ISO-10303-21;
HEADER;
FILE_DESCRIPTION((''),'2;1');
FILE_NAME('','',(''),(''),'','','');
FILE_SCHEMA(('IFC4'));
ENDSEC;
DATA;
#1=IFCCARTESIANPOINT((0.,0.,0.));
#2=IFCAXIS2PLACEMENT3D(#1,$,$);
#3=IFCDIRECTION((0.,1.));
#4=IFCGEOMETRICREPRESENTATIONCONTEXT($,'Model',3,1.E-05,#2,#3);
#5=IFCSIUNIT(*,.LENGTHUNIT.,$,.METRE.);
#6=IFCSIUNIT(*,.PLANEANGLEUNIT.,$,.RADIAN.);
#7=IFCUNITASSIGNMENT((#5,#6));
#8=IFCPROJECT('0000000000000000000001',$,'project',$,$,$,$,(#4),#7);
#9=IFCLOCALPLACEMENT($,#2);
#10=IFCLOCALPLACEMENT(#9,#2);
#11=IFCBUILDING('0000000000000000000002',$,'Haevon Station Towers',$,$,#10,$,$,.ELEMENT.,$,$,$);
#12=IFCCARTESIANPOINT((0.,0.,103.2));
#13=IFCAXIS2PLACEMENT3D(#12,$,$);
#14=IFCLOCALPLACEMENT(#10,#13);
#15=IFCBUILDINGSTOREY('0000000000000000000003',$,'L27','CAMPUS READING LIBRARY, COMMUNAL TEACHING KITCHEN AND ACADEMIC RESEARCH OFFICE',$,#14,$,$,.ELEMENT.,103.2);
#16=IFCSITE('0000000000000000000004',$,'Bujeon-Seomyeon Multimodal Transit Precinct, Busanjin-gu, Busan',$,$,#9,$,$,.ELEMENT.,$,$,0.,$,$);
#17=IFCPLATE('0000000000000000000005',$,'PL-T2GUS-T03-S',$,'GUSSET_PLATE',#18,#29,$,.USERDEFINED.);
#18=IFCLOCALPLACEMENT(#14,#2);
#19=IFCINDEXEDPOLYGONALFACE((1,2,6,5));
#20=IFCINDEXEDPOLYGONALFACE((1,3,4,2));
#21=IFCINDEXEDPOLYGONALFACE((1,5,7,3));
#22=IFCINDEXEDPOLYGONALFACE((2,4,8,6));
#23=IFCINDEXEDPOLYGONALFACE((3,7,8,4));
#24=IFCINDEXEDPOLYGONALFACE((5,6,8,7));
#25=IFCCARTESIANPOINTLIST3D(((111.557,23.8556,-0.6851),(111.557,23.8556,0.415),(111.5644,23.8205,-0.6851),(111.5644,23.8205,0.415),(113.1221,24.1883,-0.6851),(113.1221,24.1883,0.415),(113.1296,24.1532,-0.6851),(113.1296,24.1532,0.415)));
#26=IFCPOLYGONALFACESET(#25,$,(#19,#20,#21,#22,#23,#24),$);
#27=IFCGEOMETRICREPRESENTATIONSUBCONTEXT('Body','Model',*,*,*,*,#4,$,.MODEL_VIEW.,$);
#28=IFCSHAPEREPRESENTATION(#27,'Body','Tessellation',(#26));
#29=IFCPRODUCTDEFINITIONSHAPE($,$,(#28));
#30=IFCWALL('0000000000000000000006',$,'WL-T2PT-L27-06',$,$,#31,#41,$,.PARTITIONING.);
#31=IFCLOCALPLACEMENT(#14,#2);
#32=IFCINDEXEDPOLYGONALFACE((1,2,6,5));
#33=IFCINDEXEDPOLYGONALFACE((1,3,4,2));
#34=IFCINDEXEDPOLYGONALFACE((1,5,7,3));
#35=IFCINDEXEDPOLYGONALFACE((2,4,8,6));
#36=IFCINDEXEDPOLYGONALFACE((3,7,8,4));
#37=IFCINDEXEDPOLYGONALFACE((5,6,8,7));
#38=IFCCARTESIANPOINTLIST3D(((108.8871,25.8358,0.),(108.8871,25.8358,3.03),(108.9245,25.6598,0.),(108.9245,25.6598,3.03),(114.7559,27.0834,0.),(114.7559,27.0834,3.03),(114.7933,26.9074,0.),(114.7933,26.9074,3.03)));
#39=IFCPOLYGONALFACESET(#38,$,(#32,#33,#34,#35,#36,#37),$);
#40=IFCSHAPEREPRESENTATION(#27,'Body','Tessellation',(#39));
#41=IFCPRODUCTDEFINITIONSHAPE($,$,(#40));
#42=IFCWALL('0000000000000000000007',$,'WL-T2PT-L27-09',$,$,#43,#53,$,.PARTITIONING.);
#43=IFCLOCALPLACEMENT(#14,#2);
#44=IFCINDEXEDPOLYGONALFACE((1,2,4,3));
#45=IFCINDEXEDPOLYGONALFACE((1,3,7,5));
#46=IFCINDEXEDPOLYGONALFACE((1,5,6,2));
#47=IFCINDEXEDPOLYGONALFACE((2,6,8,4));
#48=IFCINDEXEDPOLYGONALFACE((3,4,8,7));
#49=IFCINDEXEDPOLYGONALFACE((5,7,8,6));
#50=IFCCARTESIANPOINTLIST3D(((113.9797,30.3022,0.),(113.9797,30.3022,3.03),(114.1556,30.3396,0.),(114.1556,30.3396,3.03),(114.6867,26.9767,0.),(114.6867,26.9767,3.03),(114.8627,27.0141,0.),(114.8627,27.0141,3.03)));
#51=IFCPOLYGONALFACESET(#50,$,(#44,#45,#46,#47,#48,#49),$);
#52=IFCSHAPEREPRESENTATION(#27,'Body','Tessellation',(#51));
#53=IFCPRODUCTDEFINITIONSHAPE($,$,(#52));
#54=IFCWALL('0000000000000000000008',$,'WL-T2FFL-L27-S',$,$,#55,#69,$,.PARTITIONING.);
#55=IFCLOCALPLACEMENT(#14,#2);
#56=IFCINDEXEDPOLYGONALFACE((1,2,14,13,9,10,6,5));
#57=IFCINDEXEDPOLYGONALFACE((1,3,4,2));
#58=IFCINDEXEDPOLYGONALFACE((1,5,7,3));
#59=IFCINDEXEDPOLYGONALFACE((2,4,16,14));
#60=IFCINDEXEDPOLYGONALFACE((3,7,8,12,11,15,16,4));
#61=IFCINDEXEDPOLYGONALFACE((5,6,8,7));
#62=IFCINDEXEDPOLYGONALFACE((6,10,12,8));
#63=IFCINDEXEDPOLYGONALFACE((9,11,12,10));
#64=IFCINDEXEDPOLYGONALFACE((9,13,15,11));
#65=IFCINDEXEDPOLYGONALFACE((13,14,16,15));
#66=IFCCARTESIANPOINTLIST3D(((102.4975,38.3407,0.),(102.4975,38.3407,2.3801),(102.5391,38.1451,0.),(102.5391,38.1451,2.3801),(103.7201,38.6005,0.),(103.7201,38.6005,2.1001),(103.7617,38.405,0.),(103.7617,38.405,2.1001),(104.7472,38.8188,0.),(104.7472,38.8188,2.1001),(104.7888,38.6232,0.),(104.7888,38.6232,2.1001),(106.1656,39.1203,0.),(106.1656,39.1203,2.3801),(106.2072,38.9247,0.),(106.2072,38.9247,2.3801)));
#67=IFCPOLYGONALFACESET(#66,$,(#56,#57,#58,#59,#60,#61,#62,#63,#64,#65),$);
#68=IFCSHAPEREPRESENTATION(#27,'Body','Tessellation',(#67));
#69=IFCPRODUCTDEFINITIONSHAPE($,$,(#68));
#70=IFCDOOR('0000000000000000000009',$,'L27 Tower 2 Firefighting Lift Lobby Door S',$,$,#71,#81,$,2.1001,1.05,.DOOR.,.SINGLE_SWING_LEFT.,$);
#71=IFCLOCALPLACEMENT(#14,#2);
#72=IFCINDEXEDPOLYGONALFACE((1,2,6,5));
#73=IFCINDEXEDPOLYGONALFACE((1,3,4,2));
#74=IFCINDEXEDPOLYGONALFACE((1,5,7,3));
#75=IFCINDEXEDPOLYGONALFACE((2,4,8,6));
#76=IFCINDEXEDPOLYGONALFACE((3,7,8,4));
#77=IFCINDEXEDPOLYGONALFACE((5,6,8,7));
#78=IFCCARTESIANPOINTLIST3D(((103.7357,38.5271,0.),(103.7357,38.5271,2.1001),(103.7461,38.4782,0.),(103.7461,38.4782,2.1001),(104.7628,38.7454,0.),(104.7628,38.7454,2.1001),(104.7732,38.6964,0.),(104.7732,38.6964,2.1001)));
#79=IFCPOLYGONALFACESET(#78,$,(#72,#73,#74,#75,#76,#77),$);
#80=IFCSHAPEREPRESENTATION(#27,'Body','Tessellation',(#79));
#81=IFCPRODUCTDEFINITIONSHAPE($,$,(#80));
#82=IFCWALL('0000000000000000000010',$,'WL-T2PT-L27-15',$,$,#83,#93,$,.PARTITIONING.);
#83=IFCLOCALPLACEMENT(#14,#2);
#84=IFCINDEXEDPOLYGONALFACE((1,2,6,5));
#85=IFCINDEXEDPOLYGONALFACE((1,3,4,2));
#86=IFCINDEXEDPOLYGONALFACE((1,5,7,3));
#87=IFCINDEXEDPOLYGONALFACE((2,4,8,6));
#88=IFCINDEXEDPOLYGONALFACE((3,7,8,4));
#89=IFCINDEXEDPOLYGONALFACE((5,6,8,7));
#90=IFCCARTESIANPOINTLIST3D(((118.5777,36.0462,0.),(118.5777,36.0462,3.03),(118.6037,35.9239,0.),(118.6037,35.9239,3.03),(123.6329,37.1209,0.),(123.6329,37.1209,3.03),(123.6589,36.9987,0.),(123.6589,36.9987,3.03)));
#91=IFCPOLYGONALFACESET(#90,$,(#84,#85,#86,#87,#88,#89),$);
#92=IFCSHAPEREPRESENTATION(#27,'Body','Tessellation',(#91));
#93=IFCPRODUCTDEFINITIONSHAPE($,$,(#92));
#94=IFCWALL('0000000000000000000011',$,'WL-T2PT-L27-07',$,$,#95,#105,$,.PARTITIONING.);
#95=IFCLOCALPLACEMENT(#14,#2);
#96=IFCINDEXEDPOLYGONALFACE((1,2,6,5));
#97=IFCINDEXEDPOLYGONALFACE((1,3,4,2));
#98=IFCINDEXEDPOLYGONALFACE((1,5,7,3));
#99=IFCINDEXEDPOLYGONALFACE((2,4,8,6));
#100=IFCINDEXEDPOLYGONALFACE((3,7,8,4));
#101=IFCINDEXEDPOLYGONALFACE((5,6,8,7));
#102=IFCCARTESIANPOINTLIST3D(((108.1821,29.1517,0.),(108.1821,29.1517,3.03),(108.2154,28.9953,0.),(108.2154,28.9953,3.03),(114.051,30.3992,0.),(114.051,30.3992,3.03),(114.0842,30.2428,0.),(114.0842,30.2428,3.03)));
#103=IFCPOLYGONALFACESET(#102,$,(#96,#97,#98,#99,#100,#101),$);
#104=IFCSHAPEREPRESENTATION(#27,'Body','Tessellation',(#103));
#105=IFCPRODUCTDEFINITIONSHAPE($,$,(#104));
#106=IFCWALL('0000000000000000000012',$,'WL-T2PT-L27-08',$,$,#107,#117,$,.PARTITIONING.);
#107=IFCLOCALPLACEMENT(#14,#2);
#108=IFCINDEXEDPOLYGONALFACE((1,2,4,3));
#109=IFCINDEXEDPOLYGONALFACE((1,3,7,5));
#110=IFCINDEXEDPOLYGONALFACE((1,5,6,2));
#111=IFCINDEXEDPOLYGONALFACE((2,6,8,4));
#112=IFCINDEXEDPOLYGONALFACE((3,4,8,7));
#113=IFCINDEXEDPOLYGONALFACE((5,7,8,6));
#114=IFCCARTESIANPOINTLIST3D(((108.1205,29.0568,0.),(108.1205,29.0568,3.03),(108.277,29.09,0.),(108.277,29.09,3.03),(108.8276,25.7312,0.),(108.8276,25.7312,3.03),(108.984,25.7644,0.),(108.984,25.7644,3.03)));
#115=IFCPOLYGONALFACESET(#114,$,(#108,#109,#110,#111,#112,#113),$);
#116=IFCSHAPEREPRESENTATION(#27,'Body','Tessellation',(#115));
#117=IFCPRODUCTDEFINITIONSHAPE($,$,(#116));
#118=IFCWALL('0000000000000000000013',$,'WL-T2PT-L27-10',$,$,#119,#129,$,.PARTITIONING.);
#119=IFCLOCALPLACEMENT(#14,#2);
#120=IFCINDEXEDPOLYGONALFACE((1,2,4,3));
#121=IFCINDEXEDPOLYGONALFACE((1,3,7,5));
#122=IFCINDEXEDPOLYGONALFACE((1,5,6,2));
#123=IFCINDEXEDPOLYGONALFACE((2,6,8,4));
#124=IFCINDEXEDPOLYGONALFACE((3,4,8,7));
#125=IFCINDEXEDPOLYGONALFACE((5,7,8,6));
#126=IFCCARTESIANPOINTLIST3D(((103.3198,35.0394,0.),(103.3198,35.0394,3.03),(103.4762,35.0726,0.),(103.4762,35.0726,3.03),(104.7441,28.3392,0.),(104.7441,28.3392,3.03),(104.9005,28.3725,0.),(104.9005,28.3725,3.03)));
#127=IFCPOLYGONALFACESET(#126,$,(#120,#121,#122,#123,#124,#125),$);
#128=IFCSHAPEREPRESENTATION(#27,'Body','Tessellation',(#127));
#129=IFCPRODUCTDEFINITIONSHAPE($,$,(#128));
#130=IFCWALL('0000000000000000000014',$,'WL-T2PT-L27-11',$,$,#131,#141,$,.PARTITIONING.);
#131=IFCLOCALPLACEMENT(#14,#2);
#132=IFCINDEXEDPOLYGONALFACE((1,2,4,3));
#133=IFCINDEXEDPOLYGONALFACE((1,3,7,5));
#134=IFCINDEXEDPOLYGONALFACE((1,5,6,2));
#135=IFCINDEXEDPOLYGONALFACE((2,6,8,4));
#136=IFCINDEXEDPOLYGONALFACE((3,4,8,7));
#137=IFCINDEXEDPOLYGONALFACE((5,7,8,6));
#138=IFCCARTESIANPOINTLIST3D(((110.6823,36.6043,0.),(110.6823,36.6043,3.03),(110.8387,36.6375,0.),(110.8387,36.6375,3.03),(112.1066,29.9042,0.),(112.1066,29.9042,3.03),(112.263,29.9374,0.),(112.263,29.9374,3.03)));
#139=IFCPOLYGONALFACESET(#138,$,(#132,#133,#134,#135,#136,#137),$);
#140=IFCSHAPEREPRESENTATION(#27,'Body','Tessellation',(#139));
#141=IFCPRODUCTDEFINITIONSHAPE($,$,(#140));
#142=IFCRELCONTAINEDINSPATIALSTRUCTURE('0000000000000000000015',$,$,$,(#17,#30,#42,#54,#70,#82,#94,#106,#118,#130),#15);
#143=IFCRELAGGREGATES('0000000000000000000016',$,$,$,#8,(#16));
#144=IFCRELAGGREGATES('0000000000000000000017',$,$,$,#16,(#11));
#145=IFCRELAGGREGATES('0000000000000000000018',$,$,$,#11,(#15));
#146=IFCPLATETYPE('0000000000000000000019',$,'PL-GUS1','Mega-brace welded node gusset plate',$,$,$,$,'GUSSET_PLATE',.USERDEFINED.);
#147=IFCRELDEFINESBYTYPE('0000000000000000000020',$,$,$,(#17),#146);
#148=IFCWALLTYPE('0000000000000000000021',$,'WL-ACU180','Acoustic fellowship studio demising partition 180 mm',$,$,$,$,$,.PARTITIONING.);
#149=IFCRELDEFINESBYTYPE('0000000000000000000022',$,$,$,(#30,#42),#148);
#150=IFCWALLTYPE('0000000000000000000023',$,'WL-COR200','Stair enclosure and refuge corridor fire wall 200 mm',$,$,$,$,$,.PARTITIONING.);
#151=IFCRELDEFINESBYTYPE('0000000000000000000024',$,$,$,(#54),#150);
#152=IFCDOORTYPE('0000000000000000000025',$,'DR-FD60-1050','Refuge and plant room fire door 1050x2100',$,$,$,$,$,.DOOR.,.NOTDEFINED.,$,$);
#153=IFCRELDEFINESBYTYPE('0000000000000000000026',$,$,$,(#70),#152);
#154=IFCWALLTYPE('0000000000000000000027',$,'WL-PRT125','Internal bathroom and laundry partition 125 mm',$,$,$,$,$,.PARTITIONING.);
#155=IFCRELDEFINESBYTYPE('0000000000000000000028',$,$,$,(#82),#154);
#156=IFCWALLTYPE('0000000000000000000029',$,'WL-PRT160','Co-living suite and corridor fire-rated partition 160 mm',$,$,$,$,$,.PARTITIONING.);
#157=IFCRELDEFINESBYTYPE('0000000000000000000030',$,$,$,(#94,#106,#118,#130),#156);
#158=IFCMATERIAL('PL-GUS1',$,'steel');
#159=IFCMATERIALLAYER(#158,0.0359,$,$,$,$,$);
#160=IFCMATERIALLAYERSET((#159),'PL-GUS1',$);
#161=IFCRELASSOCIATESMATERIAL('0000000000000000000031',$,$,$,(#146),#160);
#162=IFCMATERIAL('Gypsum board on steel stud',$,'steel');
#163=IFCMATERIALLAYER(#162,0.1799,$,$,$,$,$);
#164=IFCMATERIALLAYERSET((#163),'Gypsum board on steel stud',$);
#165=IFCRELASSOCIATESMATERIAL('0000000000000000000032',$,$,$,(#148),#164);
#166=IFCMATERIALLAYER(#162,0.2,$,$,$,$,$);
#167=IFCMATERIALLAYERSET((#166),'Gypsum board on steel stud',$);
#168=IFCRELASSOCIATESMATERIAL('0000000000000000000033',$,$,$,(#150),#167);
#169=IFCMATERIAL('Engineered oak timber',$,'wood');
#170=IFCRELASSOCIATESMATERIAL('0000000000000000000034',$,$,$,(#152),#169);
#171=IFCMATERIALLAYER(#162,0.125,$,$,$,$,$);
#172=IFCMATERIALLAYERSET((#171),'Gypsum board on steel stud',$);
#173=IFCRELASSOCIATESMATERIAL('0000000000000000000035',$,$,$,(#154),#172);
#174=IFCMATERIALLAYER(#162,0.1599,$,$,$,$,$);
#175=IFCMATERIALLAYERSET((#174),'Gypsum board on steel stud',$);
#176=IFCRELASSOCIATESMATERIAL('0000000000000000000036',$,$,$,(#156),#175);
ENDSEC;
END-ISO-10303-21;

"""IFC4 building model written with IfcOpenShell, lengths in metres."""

from ifc_helpers import new_model, si_unit, direction, frame, frame_2d, origin, origin_2d, place, context, subcontext, project, spatial, rectangle, extrude, material, layer, layer_set, type_object, element, fill, save


model = new_model("IFC4")

# Units and contexts
model_context = context("Model", 3, precision=1e-05, world=origin(), true_north=direction((0.0, 1.0)))
body_context = subcontext(model_context, "Body", "Model", "MODEL_VIEW")
ifc_project = project(units=[si_unit("LENGTHUNIT", "METRE"), si_unit("PLANEANGLEUNIT", "RADIAN")], contexts=[model_context])

# Site, building, storey
site_placement = place(None, origin())
site = spatial("IfcSite", under=ifc_project, at=site_placement, Name="Bujeon-Seomyeon Multimodal Transit Precinct, Busanjin-gu, Busan", CompositionType="ELEMENT", RefElevation=0.0)
building_placement = place(site_placement, origin())
building = spatial("IfcBuilding", under=site, at=building_placement, Name="Haevon Station Towers", CompositionType="ELEMENT")
storey_placement = place(building_placement, frame((0.0, 0.0, 103.2)))
storey = spatial("IfcBuildingStorey", under=building, at=storey_placement, Name="L27", Description="CAMPUS READING LIBRARY, COMMUNAL TEACHING KITCHEN AND ACADEMIC RESEARCH OFFICE", CompositionType="ELEMENT", Elevation=103.2)

# Plate
ifc_material_1 = material(Name="PL-GUS1", Category="steel")
ifc_layer_1 = layer(ifc_material_1, 0.0359)
ifc_layer_set_1 = layer_set([ifc_layer_1], Name="PL-GUS1")
plate_type = type_object("IfcPlateType", Name="PL-GUS1", Description="Mega-brace welded node gusset plate", ElementType="GUSSET_PLATE", PredefinedType="USERDEFINED", material=ifc_layer_set_1)
plate_placement = place(storey_placement, frame((112.3433, 24.0044, -0.6851), z_axis=(0.0, 0.0, 1.0), x_axis=(0.978148, 0.207912, 0.0)))
element("IfcPlate", 1, at=plate_placement, inside=storey, type_object=plate_type, Name="PL-T2GUS-T03-S", ObjectType="GUSSET_PLATE", PredefinedType="USERDEFINED", context=body_context, shape_type="SweptSolid", body=[
    extrude(rectangle(XDim=1.6001, YDim=0.0359, at=origin_2d()), origin(), (0.0, 0.0, 1.0), 1.1001),
])

# Walls
ifc_material_2 = material(Name="Gypsum board on steel stud", Category="steel")
ifc_layer_2 = layer(ifc_material_2, 0.1799)
ifc_layer_set_2 = layer_set([ifc_layer_2], Name="Gypsum board on steel stud")
wall_type_1 = type_object("IfcWallType", Name="WL-ACU180", Description="Acoustic fellowship studio demising partition 180 mm", PredefinedType="PARTITIONING", material=ifc_layer_set_2)
wall_1_placement = place(storey_placement, frame((108.9058, 25.7478, 0.0), z_axis=(0.0, 0.0, 1.0), x_axis=(0.978145, 0.207925, 0.0)))
element("IfcWall", 2, at=wall_1_placement, inside=storey, type_object=wall_type_1, Name="WL-T2PT-L27-06", PredefinedType="PARTITIONING", context=body_context, shape_type="SweptSolid", body=[
    extrude(rectangle(XDim=6.0, YDim=0.1799, at=frame_2d((3.0, 0.0))), origin(), (0.0, 0.0, 1.0), 3.03),
])
wall_2_placement = place(storey_placement, frame((114.7747, 26.9954, 0.0), z_axis=(0.0, 0.0, 1.0), x_axis=(-0.20795, 0.97814, 0.0)))
element("IfcWall", 3, at=wall_2_placement, inside=storey, type_object=wall_type_1, Name="WL-T2PT-L27-09", PredefinedType="PARTITIONING", context=body_context, shape_type="SweptSolid", body=[
    extrude(rectangle(XDim=3.3999, YDim=0.1799, at=frame_2d((1.7, 0.0))), origin(), (0.0, 0.0, 1.0), 3.03),
])

# Wall, opening, door
ifc_layer_3 = layer(ifc_material_2, 0.2)
ifc_layer_set_3 = layer_set([ifc_layer_3], Name="Gypsum board on steel stud")
wall_type_2 = type_object("IfcWallType", Name="WL-COR200", Description="Stair enclosure and refuge corridor fire wall 200 mm", PredefinedType="PARTITIONING", material=ifc_layer_set_3)
wall_3_placement = place(storey_placement, frame((102.5183, 38.2429, 0.0), z_axis=(0.0, 0.0, 1.0), x_axis=(0.978154, 0.207884, 0.0)))
wall_3 = element("IfcWall", 4, at=wall_3_placement, inside=storey, type_object=wall_type_2, Name="WL-T2FFL-L27-S", PredefinedType="PARTITIONING", context=body_context, shape_type="SweptSolid", body=[
    extrude(rectangle(XDim=3.75, YDim=0.2, at=frame_2d((1.875, 0.0))), origin(), (0.0, 0.0, 1.0), 2.3801),
])
opening_placement = place(wall_3_placement, frame((1.25, 0.0, 0.0)))
opening = element("IfcOpeningElement", 5, at=opening_placement, cuts=wall_3, PredefinedType="OPENING", context=body_context, shape_type="SweptSolid", body=[
    extrude(rectangle(XDim=1.05, YDim=2.1001, at=frame_2d((0.5249, 1.05))), frame((0.0, 0.1099, 0.0), z_axis=(0.0, -1.0, 0.0), x_axis=(1.0, 0.0, 0.0)), (0.0, 0.0, 1.0), 0.22),
])
ifc_material_3 = material(Name="Engineered oak timber", Category="wood")
door_type = type_object("IfcDoorType", Name="DR-FD60-1050", Description="Refuge and plant room fire door 1050x2100", OperationType="NOTDEFINED", PredefinedType="DOOR", material=ifc_material_3)
door_placement = place(opening_placement, origin())
door = element("IfcDoor", 6, at=door_placement, inside=storey, type_object=door_type, Name="L27 Tower 2 Firefighting Lift Lobby Door S", OperationType="SINGLE_SWING_LEFT", OverallHeight=2.1001, OverallWidth=1.05, PredefinedType="DOOR", context=body_context, shape_type="SweptSolid", body=[
    extrude(rectangle(XDim=1.05, YDim=2.1001, at=frame_2d((0.5249, 1.05))), frame((0.0, 0.0249, 0.0), z_axis=(0.0, -1.0, 0.0), x_axis=(1.0, 0.0, 0.0)), (0.0, 0.0, 1.0), 0.05),
])
fill(opening, door)

# Walls
ifc_layer_4 = layer(ifc_material_2, 0.125)
ifc_layer_set_4 = layer_set([ifc_layer_4], Name="Gypsum board on steel stud")
wall_type_3 = type_object("IfcWallType", Name="WL-PRT125", Description="Internal bathroom and laundry partition 125 mm", PredefinedType="PARTITIONING", material=ifc_layer_set_4)
wall_4_placement = place(storey_placement, frame((118.5908, 35.9851, 0.0), z_axis=(0.0, 0.0, 1.0), x_axis=(0.97814, 0.207948, 0.0)))
element("IfcWall", 7, at=wall_4_placement, inside=storey, type_object=wall_type_3, Name="WL-T2PT-L27-15", PredefinedType="PARTITIONING", context=body_context, shape_type="SweptSolid", body=[
    extrude(rectangle(XDim=5.1682, YDim=0.125, at=frame_2d((2.584, 0.0))), origin(), (0.0, 0.0, 1.0), 3.03),
])
ifc_layer_5 = layer(ifc_material_2, 0.1599)
ifc_layer_set_5 = layer_set([ifc_layer_5], Name="Gypsum board on steel stud")
wall_type_4 = type_object("IfcWallType", Name="WL-PRT160", Description="Co-living suite and corridor fire-rated partition 160 mm", PredefinedType="PARTITIONING", material=ifc_layer_set_5)
wall_5_placement = place(storey_placement, frame((108.1987, 29.0735, 0.0), z_axis=(0.0, 0.0, 1.0), x_axis=(0.978145, 0.207925, 0.0)))
element("IfcWall", 8, at=wall_5_placement, inside=storey, type_object=wall_type_4, Name="WL-T2PT-L27-07", PredefinedType="PARTITIONING", context=body_context, shape_type="SweptSolid", body=[
    extrude(rectangle(XDim=6.0, YDim=0.1599, at=frame_2d((3.0, 0.0))), origin(), (0.0, 0.0, 1.0), 3.03),
])
wall_6_placement = place(storey_placement, frame((108.9058, 25.7478, 0.0), z_axis=(0.0, 0.0, 1.0), x_axis=(-0.20795, 0.97814, 0.0)))
element("IfcWall", 9, at=wall_6_placement, inside=storey, type_object=wall_type_4, Name="WL-T2PT-L27-08", PredefinedType="PARTITIONING", context=body_context, shape_type="SweptSolid", body=[
    extrude(rectangle(XDim=3.3999, YDim=0.1599, at=frame_2d((1.7, 0.0))), origin(), (0.0, 0.0, 1.0), 3.03),
])
for number, where, z_axis, x_axis, name in (
    (10, (104.8223, 28.356, 0.0), (0.0, 0.0, 1.0), (-0.207932, 0.978143, 0.0), "WL-T2PT-L27-10"),
    (11, (112.1848, 29.9209, 0.0), (0.0, 0.0, 1.0), (-0.207932, 0.978143, 0.0), "WL-T2PT-L27-11"),
):
    element("IfcWall", number, at=place(storey_placement, frame(where, z_axis=z_axis, x_axis=x_axis)), inside=storey, type_object=wall_type_4, Name=name, PredefinedType="PARTITIONING", context=body_context, shape_type="SweptSolid", body=[
        extrude(rectangle(XDim=6.8499, YDim=0.1599, at=frame_2d((3.4248, 0.0))), origin(), (0.0, 0.0, 1.0), 3.03),
    ])

save(model, "model.ifc")
